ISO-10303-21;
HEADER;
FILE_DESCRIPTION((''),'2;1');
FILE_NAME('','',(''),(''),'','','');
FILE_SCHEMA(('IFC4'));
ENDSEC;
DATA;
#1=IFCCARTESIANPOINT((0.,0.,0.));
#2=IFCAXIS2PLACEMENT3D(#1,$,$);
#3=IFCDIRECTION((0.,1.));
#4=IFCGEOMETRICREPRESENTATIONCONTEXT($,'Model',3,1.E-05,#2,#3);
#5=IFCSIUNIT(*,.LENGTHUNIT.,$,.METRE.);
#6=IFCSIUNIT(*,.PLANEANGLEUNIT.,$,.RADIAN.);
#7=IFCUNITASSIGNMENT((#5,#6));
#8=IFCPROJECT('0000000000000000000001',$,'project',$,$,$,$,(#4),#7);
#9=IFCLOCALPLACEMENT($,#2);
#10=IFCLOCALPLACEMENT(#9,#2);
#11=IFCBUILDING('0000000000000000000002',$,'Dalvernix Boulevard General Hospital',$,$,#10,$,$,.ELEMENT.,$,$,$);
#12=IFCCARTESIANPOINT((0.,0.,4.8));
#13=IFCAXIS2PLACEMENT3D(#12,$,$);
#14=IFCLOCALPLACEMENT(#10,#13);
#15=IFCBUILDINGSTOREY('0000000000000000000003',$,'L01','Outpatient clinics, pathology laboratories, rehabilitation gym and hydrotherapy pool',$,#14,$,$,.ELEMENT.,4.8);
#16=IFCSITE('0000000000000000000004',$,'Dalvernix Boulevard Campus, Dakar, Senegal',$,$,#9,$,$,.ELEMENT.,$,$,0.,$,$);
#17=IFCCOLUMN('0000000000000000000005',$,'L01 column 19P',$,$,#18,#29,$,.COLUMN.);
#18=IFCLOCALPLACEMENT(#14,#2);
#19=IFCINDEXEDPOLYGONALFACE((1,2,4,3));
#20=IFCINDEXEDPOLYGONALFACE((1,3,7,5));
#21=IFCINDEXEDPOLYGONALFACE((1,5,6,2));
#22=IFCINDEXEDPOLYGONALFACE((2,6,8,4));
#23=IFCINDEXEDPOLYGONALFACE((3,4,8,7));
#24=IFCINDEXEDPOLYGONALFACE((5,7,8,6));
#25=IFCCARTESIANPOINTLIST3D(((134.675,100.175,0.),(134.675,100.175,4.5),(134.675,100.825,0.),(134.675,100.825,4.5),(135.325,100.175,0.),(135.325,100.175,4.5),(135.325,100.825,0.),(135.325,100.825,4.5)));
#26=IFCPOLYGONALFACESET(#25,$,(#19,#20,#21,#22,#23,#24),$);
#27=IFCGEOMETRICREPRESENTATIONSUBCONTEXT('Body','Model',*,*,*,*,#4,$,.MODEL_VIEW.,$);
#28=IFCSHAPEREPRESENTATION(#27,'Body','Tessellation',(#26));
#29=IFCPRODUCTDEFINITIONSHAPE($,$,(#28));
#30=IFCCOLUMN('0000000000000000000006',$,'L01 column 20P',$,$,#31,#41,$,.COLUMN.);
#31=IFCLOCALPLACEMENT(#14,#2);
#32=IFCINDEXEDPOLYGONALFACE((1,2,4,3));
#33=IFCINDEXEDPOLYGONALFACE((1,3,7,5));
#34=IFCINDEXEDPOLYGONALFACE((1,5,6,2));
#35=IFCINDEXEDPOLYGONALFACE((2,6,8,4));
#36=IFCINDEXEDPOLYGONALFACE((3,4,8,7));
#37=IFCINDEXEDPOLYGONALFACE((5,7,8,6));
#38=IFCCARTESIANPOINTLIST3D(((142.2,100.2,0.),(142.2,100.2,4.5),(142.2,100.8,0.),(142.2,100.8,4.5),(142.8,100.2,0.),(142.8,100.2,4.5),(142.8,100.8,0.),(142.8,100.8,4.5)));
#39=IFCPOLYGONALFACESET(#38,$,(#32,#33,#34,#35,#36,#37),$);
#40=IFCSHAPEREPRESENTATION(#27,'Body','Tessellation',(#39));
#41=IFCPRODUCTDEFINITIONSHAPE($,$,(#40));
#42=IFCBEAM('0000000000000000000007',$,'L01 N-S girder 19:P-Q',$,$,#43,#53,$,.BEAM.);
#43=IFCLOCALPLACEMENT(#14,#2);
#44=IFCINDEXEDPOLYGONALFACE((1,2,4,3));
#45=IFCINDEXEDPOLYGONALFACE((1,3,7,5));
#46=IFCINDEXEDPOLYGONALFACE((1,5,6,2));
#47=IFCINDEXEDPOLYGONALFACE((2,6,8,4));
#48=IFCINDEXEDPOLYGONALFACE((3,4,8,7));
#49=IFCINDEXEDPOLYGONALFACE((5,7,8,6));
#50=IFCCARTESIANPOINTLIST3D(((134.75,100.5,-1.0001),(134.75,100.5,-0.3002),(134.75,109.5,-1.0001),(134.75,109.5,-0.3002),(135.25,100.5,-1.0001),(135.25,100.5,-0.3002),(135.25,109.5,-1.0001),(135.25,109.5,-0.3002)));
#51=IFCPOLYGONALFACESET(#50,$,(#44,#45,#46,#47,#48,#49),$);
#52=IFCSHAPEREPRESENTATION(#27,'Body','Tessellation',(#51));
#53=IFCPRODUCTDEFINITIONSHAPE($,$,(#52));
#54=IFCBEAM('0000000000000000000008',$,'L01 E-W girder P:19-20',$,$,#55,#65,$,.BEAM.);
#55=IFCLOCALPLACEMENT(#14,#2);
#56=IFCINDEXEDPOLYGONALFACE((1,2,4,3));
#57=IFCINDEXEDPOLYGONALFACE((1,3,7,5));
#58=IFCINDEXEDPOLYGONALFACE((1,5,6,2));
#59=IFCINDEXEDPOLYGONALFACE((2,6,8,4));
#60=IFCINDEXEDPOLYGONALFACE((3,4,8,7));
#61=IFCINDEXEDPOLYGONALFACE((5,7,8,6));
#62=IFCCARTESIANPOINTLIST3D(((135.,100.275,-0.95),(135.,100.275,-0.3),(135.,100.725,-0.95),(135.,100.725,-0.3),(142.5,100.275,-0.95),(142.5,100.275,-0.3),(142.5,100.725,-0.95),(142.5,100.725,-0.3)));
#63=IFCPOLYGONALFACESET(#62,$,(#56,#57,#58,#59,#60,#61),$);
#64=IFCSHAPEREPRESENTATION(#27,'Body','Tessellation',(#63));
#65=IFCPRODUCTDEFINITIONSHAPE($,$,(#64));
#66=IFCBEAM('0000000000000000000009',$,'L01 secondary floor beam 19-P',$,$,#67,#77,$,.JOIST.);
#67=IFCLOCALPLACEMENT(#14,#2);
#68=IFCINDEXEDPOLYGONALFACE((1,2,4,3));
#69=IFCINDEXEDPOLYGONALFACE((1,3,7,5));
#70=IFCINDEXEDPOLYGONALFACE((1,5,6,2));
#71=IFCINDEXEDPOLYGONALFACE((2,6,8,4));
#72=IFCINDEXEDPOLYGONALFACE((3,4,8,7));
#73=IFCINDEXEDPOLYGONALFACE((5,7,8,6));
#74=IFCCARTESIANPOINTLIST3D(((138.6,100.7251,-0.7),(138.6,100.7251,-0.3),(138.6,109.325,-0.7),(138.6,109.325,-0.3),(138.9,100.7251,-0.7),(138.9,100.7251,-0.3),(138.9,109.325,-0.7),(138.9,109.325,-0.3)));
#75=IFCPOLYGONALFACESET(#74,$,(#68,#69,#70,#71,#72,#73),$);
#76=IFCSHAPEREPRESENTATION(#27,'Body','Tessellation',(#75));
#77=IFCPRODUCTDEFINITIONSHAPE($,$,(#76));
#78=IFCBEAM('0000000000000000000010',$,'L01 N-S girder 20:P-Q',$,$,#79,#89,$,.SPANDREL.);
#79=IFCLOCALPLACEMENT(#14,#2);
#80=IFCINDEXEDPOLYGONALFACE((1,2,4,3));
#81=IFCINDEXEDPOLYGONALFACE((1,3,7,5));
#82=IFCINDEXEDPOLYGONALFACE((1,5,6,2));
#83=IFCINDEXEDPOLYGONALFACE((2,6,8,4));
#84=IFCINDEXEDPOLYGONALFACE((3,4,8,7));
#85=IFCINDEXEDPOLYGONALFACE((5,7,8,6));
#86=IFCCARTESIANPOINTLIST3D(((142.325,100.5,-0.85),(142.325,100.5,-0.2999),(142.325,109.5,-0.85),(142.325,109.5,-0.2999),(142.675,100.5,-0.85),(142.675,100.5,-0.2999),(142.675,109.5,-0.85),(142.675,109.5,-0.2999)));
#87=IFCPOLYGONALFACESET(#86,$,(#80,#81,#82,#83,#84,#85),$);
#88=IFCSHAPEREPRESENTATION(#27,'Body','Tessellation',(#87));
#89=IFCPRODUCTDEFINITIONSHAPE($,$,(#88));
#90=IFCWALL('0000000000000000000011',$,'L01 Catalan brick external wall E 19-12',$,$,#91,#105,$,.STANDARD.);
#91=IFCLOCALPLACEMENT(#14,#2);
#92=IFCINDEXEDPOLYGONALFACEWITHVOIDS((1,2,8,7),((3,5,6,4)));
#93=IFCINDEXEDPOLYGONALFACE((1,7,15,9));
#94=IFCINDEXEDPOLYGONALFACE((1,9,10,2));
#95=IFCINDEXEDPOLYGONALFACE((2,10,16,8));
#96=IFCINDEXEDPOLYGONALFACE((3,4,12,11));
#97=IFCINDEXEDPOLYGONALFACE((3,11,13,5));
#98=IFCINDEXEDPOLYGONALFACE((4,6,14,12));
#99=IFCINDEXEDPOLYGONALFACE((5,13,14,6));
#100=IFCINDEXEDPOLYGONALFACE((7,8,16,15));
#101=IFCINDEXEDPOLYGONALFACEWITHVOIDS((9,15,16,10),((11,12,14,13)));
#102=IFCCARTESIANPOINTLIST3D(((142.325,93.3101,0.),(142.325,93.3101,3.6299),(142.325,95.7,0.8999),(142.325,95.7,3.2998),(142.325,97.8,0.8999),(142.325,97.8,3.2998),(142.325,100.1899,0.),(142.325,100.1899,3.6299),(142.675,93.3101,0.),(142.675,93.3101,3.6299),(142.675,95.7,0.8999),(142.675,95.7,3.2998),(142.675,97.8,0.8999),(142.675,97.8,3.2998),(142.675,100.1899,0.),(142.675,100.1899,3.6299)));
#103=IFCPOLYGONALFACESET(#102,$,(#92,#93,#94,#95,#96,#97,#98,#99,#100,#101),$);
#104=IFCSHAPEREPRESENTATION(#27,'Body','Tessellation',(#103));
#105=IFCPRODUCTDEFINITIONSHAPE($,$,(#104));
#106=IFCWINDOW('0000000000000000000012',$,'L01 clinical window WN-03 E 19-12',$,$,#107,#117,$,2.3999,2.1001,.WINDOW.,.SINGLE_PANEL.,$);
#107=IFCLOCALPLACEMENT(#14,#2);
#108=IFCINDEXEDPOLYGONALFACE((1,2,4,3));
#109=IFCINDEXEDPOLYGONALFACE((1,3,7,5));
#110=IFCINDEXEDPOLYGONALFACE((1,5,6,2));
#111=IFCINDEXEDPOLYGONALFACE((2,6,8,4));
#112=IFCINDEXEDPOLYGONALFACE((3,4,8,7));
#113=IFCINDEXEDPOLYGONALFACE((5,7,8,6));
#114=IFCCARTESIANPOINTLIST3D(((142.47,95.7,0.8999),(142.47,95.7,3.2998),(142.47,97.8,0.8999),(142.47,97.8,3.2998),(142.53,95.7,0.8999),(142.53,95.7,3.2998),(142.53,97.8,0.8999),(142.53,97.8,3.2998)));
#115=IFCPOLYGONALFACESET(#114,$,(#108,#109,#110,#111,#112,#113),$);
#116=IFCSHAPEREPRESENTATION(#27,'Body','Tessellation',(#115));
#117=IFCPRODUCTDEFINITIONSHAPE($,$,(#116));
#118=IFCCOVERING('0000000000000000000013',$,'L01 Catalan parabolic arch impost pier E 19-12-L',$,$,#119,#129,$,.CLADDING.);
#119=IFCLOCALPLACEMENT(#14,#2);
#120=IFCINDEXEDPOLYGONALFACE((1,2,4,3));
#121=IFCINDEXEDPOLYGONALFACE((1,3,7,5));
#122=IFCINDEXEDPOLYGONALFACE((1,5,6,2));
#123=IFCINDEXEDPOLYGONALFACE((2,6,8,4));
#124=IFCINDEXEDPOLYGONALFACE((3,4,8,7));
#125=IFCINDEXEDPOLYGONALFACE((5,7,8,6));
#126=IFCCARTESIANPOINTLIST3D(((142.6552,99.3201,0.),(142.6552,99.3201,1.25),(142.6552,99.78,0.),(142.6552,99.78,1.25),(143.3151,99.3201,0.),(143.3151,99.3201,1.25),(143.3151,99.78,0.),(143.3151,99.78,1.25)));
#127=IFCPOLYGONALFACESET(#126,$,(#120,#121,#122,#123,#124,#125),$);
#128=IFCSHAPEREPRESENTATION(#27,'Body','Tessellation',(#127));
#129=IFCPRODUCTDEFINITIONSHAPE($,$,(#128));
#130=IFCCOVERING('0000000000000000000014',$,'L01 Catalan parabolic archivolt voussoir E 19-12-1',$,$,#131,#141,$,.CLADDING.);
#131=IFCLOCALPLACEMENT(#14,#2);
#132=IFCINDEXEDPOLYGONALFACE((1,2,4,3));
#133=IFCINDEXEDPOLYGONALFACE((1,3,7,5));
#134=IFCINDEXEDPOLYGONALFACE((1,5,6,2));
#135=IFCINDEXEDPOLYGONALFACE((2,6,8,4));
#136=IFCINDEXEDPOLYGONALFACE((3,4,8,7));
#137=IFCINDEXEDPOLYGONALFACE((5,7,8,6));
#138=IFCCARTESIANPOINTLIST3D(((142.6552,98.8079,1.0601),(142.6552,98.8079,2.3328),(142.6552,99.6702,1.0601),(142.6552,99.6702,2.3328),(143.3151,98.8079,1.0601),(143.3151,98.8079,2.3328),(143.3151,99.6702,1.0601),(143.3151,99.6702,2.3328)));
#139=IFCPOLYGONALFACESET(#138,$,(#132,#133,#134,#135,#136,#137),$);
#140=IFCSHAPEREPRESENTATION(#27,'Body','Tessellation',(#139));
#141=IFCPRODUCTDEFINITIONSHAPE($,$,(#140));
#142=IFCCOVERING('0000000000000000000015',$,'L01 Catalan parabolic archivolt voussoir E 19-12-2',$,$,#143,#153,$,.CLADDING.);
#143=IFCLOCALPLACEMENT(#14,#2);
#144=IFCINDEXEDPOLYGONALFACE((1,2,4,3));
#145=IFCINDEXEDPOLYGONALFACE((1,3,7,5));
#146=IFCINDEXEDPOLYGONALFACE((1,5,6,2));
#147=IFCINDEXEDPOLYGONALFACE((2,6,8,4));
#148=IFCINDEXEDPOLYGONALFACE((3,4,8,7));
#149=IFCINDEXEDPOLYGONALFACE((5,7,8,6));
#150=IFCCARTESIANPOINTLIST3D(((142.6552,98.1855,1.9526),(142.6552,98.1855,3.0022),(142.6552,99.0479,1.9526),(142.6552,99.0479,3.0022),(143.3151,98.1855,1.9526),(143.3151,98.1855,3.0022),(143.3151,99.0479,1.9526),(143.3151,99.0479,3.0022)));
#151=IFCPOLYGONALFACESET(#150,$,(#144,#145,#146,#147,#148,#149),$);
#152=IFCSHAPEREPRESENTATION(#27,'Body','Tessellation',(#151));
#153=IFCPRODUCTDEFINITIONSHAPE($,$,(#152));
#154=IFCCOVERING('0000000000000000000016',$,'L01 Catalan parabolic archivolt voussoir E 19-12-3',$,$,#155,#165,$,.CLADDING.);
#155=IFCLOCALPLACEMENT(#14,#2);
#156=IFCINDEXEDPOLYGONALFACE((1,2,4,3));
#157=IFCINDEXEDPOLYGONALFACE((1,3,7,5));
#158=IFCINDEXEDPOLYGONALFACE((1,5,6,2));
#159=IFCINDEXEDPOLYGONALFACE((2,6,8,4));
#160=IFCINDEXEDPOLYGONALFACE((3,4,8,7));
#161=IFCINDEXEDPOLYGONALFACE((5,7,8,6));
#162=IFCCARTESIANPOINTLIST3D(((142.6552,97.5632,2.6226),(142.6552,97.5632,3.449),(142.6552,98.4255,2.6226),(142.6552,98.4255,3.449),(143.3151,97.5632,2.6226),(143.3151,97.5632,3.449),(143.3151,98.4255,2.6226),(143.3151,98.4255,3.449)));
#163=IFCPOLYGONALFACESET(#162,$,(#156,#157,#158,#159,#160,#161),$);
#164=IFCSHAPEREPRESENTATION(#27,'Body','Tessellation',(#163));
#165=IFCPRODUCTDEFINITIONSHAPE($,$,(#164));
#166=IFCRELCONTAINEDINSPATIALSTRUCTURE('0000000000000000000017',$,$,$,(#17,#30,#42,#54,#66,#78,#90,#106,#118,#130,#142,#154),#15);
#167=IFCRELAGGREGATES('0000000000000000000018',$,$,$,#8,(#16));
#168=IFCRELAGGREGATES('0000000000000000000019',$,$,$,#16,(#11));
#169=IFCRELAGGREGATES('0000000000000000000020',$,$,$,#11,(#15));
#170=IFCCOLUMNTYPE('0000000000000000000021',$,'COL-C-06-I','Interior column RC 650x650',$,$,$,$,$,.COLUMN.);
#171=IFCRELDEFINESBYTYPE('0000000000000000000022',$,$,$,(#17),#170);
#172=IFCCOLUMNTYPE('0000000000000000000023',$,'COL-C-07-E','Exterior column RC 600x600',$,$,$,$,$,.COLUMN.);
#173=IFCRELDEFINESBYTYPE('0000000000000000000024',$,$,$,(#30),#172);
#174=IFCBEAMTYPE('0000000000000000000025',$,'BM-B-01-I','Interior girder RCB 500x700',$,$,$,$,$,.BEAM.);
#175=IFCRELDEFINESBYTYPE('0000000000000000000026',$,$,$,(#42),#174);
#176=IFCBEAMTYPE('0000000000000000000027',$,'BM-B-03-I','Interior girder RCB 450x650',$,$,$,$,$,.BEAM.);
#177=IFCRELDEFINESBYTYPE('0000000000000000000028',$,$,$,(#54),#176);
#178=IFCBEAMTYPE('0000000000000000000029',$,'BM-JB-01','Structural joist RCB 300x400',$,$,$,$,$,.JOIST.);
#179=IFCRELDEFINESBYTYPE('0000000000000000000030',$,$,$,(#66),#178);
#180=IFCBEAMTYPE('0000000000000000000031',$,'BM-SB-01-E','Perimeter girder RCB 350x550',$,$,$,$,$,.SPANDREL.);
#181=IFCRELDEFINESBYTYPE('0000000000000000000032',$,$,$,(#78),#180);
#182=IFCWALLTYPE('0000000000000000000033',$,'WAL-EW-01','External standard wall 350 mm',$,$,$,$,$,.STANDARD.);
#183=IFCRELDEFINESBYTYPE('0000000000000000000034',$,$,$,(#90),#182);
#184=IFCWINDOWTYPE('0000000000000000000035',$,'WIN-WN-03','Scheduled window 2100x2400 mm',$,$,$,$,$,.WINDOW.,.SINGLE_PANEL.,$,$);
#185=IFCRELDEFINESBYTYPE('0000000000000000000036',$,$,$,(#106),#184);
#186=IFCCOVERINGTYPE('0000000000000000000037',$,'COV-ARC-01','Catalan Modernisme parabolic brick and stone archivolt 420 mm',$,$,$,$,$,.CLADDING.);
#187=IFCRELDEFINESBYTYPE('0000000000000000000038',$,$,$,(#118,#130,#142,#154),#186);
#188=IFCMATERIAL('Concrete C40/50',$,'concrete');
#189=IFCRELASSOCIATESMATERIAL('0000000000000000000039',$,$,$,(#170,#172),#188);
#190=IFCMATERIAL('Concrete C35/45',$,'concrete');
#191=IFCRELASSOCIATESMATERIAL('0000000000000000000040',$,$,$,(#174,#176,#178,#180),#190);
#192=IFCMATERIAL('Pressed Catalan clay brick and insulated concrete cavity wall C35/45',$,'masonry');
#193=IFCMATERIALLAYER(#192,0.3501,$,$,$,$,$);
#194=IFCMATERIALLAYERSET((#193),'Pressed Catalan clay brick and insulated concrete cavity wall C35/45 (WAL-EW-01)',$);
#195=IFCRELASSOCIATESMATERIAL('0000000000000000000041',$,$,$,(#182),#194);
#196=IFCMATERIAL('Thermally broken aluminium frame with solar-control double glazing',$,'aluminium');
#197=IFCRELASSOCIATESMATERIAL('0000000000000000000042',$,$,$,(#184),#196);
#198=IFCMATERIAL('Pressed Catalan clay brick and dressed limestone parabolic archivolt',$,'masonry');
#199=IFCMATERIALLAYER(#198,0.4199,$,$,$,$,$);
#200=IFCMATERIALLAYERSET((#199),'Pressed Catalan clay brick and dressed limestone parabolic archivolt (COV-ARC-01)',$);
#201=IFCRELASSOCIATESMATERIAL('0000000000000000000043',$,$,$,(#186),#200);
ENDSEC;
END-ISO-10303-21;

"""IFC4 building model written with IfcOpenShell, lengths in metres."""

from ifc_helpers import new_model, si_unit, direction, frame, frame_2d, origin, origin_2d, place, context, subcontext, project, spatial, rectangle, extrude, material, layer, layer_set, material_profile, profile_set, type_object, element, fill, save


model = new_model("IFC4")

# Units and contexts
model_context = context("Model", 3, precision=1e-05, world=origin(), true_north=direction((0.0, 1.0)))
body_context = subcontext(model_context, "Body", "Model", "MODEL_VIEW")
ifc_project = project(units=[si_unit("LENGTHUNIT", "METRE"), si_unit("PLANEANGLEUNIT", "RADIAN")], contexts=[model_context])

# Site, building, storey
site_placement = place(None, origin())
site = spatial("IfcSite", under=ifc_project, at=site_placement, Name="Dalvernix Boulevard Campus, Dakar, Senegal", CompositionType="ELEMENT", RefElevation=0.0)
building_placement = place(site_placement, origin())
building = spatial("IfcBuilding", under=site, at=building_placement, Name="Dalvernix Boulevard General Hospital", CompositionType="ELEMENT")
storey_placement = place(building_placement, frame((0.0, 0.0, 4.8)))
storey = spatial("IfcBuildingStorey", under=building, at=storey_placement, Name="L01", Description="Outpatient clinics, pathology laboratories, rehabilitation gym and hydrotherapy pool", CompositionType="ELEMENT", Elevation=4.8)

# Columns
ifc_material_1 = material(Name="Concrete C40/50", Category="concrete")
ifc_material_profile_1 = material_profile(ifc_material_1, rectangle(XDim=0.6499, YDim=0.6499, at=origin_2d()), Name="RC 650x650")
ifc_profile_set_1 = profile_set([ifc_material_profile_1], Name="Concrete C40/50")
column_type_1 = type_object("IfcColumnType", Name="COL-C-06-I", Description="Interior column RC 650x650", PredefinedType="COLUMN", material=ifc_profile_set_1)
column_1_placement = place(storey_placement, frame((135.0, 100.5, 0.0), z_axis=(0.0, 0.0, 1.0), x_axis=(1.0, 0.0, 0.0)))
element("IfcColumn", 1, at=column_1_placement, inside=storey, type_object=column_type_1, Name="L01 column 19P", PredefinedType="COLUMN", context=body_context, shape_type="SweptSolid", body=[
    extrude(rectangle(XDim=0.6499, YDim=0.6499, at=origin_2d()), origin(), (0.0, 0.0, 1.0), 4.5),
])
ifc_material_profile_2 = material_profile(ifc_material_1, rectangle(XDim=0.6001, YDim=0.6001, at=origin_2d()), Name="RC 600x600")
ifc_profile_set_2 = profile_set([ifc_material_profile_2], Name="Concrete C40/50")
column_type_2 = type_object("IfcColumnType", Name="COL-C-07-E", Description="Exterior column RC 600x600", PredefinedType="COLUMN", material=ifc_profile_set_2)
column_2_placement = place(storey_placement, frame((142.5, 100.5, 0.0), z_axis=(0.0, 0.0, 1.0), x_axis=(1.0, 0.0, 0.0)))
element("IfcColumn", 2, at=column_2_placement, inside=storey, type_object=column_type_2, Name="L01 column 20P", PredefinedType="COLUMN", context=body_context, shape_type="SweptSolid", body=[
    extrude(rectangle(XDim=0.6001, YDim=0.6001, at=origin_2d()), origin(), (0.0, 0.0, 1.0), 4.5),
])

# Beams
ifc_material_2 = material(Name="Concrete C35/45", Category="concrete")
ifc_material_profile_3 = material_profile(ifc_material_2, rectangle(XDim=0.5, YDim=0.7, at=origin_2d()), Name="RCB 500x700")
ifc_profile_set_3 = profile_set([ifc_material_profile_3], Name="Concrete C35/45")
beam_type_1 = type_object("IfcBeamType", Name="BM-B-01-I", Description="Interior girder RCB 500x700", PredefinedType="BEAM", material=ifc_profile_set_3)
beam_1_placement = place(storey_placement, frame((135.0, 100.5, -0.6501), z_axis=(0.0, 1.0, 0.0), x_axis=(-1.0, 0.0, 0.0)))
element("IfcBeam", 3, at=beam_1_placement, inside=storey, type_object=beam_type_1, Name="L01 N-S girder 19:P-Q", PredefinedType="BEAM", context=body_context, shape_type="SweptSolid", body=[
    extrude(rectangle(XDim=0.5, YDim=0.7, at=origin_2d()), origin(), (0.0, 0.0, 1.0), 9.0),
])
ifc_material_profile_4 = material_profile(ifc_material_2, rectangle(XDim=0.45, YDim=0.6499, at=origin_2d()), Name="RCB 450x650")
ifc_profile_set_4 = profile_set([ifc_material_profile_4], Name="Concrete C35/45")
beam_type_2 = type_object("IfcBeamType", Name="BM-B-03-I", Description="Interior girder RCB 450x650", PredefinedType="BEAM", material=ifc_profile_set_4)
beam_2_placement = place(storey_placement, frame((135.0, 100.5, -0.625), z_axis=(1.0, 0.0, 0.0), x_axis=(0.0, 1.0, 0.0)))
element("IfcBeam", 4, at=beam_2_placement, inside=storey, type_object=beam_type_2, Name="L01 E-W girder P:19-20", PredefinedType="BEAM", context=body_context, shape_type="SweptSolid", body=[
    extrude(rectangle(XDim=0.45, YDim=0.6499, at=origin_2d()), origin(), (0.0, 0.0, 1.0), 7.5),
])
ifc_material_profile_5 = material_profile(ifc_material_2, rectangle(XDim=0.3, YDim=0.3999, at=origin_2d()), Name="RCB 300x400")
ifc_profile_set_5 = profile_set([ifc_material_profile_5], Name="Concrete C35/45")
beam_type_3 = type_object("IfcBeamType", Name="BM-JB-01", Description="Structural joist RCB 300x400", PredefinedType="JOIST", material=ifc_profile_set_5)
beam_3_placement = place(storey_placement, frame((138.75, 100.7251, -0.5), z_axis=(0.0, 1.0, 0.0), x_axis=(-1.0, 0.0, 0.0)))
element("IfcBeam", 5, at=beam_3_placement, inside=storey, type_object=beam_type_3, Name="L01 secondary floor beam 19-P", PredefinedType="JOIST", context=body_context, shape_type="SweptSolid", body=[
    extrude(rectangle(XDim=0.3, YDim=0.3999, at=origin_2d()), origin(), (0.0, 0.0, 1.0), 8.5999),
])
ifc_material_profile_6 = material_profile(ifc_material_2, rectangle(XDim=0.3501, YDim=0.55, at=origin_2d()), Name="RCB 350x550")
ifc_profile_set_6 = profile_set([ifc_material_profile_6], Name="Concrete C35/45")
beam_type_4 = type_object("IfcBeamType", Name="BM-SB-01-E", Description="Perimeter girder RCB 350x550", PredefinedType="SPANDREL", material=ifc_profile_set_6)
beam_4_placement = place(storey_placement, frame((142.5, 100.5, -0.575), z_axis=(0.0, 1.0, 0.0), x_axis=(-1.0, 0.0, 0.0)))
element("IfcBeam", 6, at=beam_4_placement, inside=storey, type_object=beam_type_4, Name="L01 N-S girder 20:P-Q", PredefinedType="SPANDREL", context=body_context, shape_type="SweptSolid", body=[
    extrude(rectangle(XDim=0.3501, YDim=0.55, at=origin_2d()), origin(), (0.0, 0.0, 1.0), 9.0),
])

# Wall, opening, window
ifc_material_3 = material(Name="Pressed Catalan clay brick and insulated concrete cavity wall C35/45", Category="masonry")
ifc_layer_1 = layer(ifc_material_3, 0.3501)
ifc_layer_set_1 = layer_set([ifc_layer_1], Name="Pressed Catalan clay brick and insulated concrete cavity wall C35/45 (WAL-EW-01)")
wall_type = type_object("IfcWallType", Name="WAL-EW-01", Description="External standard wall 350 mm", PredefinedType="STANDARD", material=ifc_layer_set_1)
wall_placement = place(storey_placement, frame((142.5, 100.1899, 0.0), z_axis=(0.0, 0.0, 1.0), x_axis=(0.0, -1.0, 0.0)))
wall = element("IfcWall", 7, at=wall_placement, inside=storey, type_object=wall_type, Name="L01 Catalan brick external wall E 19-12", PredefinedType="STANDARD", context=body_context, shape_type="SweptSolid", body=[
    extrude(rectangle(XDim=6.8799, YDim=0.3501, at=frame_2d((3.4399, 0.0))), origin(), (0.0, 0.0, 1.0), 3.6299),
])
opening_placement = place(wall_placement, frame((2.3899, 0.0, 0.8999)))
opening = element("IfcOpeningElement", 8, at=opening_placement, cuts=wall, PredefinedType="OPENING", context=body_context, shape_type="SweptSolid", body=[
    extrude(rectangle(XDim=2.1001, YDim=2.3999, at=frame_2d((1.05, 1.2))), frame((0.0, 0.1851, 0.0), z_axis=(0.0, -1.0, 0.0), x_axis=(1.0, 0.0, 0.0)), (0.0, 0.0, 1.0), 0.3701),
])
ifc_material_4 = material(Name="Thermally broken aluminium frame with solar-control double glazing", Category="aluminium")
window_type = type_object("IfcWindowType", Name="WIN-WN-03", Description="Scheduled window 2100x2400 mm", PartitioningType="SINGLE_PANEL", PredefinedType="WINDOW", material=ifc_material_4)
window_placement = place(opening_placement, origin())
window = element("IfcWindow", 9, at=window_placement, inside=storey, type_object=window_type, Name="L01 clinical window WN-03 E 19-12", OverallHeight=2.3999, OverallWidth=2.1001, PartitioningType="SINGLE_PANEL", PredefinedType="WINDOW", context=body_context, shape_type="SweptSolid", body=[
    extrude(rectangle(XDim=2.1001, YDim=2.3999, at=frame_2d((1.05, 1.2))), frame((0.0, 0.03, 0.0), z_axis=(0.0, -1.0, 0.0), x_axis=(1.0, 0.0, 0.0)), (0.0, 0.0, 1.0), 0.0601),
])
fill(opening, window)

# Coverings
ifc_material_5 = material(Name="Pressed Catalan clay brick and dressed limestone parabolic archivolt", Category="masonry")
ifc_layer_2 = layer(ifc_material_5, 0.4199)
ifc_layer_set_2 = layer_set([ifc_layer_2], Name="Pressed Catalan clay brick and dressed limestone parabolic archivolt (COV-ARC-01)")
covering_type_1 = type_object("IfcCoveringType", Name="COV-ARC-01", Description="Catalan Modernisme parabolic brick and stone archivolt 420 mm", PredefinedType="CLADDING", material=ifc_layer_set_2)
covering_1_placement = place(storey_placement, frame((142.9851, 99.55, 0.0), z_axis=(0.0, 0.0, 1.0), x_axis=(0.0, -1.0, 0.0)))
element("IfcCovering", 10, at=covering_1_placement, inside=storey, type_object=covering_type_1, Name="L01 Catalan parabolic arch impost pier E 19-12-L", PredefinedType="CLADDING", context=body_context, shape_type="SweptSolid", body=[
    extrude(rectangle(XDim=0.46, YDim=0.6599, at=origin_2d()), origin(), (0.0, 0.0, 1.0), 1.25),
])
covering_2_placement = place(storey_placement, frame((142.9851, 99.239, 1.0601), z_axis=(0.0, 0.0, 1.0), x_axis=(0.0, -1.0, 0.0)))
element("IfcCovering", 11, at=covering_2_placement, inside=storey, type_object=covering_type_1, Name="L01 Catalan parabolic archivolt voussoir E 19-12-1", PredefinedType="CLADDING", context=body_context, shape_type="SweptSolid", body=[
    extrude(rectangle(XDim=0.8623, YDim=0.6599, at=origin_2d()), origin(), (0.0, 0.0, 1.0), 1.2727),
])
covering_3_placement = place(storey_placement, frame((142.9851, 98.6167, 1.9526), z_axis=(0.0, 0.0, 1.0), x_axis=(0.0, -1.0, 0.0)))
element("IfcCovering", 12, at=covering_3_placement, inside=storey, type_object=covering_type_1, Name="L01 Catalan parabolic archivolt voussoir E 19-12-2", PredefinedType="CLADDING", context=body_context, shape_type="SweptSolid", body=[
    extrude(rectangle(XDim=0.8623, YDim=0.6599, at=origin_2d()), origin(), (0.0, 0.0, 1.0), 1.0496),
])
covering_4_placement = place(storey_placement, frame((142.9851, 97.9944, 2.6226), z_axis=(0.0, 0.0, 1.0), x_axis=(0.0, -1.0, 0.0)))
element("IfcCovering", 13, at=covering_4_placement, inside=storey, type_object=covering_type_1, Name="L01 Catalan parabolic archivolt voussoir E 19-12-3", PredefinedType="CLADDING", context=body_context, shape_type="SweptSolid", body=[
    extrude(rectangle(XDim=0.8623, YDim=0.6599, at=origin_2d()), origin(), (0.0, 0.0, 1.0), 0.8264),
])

save(model, "model.ifc")
